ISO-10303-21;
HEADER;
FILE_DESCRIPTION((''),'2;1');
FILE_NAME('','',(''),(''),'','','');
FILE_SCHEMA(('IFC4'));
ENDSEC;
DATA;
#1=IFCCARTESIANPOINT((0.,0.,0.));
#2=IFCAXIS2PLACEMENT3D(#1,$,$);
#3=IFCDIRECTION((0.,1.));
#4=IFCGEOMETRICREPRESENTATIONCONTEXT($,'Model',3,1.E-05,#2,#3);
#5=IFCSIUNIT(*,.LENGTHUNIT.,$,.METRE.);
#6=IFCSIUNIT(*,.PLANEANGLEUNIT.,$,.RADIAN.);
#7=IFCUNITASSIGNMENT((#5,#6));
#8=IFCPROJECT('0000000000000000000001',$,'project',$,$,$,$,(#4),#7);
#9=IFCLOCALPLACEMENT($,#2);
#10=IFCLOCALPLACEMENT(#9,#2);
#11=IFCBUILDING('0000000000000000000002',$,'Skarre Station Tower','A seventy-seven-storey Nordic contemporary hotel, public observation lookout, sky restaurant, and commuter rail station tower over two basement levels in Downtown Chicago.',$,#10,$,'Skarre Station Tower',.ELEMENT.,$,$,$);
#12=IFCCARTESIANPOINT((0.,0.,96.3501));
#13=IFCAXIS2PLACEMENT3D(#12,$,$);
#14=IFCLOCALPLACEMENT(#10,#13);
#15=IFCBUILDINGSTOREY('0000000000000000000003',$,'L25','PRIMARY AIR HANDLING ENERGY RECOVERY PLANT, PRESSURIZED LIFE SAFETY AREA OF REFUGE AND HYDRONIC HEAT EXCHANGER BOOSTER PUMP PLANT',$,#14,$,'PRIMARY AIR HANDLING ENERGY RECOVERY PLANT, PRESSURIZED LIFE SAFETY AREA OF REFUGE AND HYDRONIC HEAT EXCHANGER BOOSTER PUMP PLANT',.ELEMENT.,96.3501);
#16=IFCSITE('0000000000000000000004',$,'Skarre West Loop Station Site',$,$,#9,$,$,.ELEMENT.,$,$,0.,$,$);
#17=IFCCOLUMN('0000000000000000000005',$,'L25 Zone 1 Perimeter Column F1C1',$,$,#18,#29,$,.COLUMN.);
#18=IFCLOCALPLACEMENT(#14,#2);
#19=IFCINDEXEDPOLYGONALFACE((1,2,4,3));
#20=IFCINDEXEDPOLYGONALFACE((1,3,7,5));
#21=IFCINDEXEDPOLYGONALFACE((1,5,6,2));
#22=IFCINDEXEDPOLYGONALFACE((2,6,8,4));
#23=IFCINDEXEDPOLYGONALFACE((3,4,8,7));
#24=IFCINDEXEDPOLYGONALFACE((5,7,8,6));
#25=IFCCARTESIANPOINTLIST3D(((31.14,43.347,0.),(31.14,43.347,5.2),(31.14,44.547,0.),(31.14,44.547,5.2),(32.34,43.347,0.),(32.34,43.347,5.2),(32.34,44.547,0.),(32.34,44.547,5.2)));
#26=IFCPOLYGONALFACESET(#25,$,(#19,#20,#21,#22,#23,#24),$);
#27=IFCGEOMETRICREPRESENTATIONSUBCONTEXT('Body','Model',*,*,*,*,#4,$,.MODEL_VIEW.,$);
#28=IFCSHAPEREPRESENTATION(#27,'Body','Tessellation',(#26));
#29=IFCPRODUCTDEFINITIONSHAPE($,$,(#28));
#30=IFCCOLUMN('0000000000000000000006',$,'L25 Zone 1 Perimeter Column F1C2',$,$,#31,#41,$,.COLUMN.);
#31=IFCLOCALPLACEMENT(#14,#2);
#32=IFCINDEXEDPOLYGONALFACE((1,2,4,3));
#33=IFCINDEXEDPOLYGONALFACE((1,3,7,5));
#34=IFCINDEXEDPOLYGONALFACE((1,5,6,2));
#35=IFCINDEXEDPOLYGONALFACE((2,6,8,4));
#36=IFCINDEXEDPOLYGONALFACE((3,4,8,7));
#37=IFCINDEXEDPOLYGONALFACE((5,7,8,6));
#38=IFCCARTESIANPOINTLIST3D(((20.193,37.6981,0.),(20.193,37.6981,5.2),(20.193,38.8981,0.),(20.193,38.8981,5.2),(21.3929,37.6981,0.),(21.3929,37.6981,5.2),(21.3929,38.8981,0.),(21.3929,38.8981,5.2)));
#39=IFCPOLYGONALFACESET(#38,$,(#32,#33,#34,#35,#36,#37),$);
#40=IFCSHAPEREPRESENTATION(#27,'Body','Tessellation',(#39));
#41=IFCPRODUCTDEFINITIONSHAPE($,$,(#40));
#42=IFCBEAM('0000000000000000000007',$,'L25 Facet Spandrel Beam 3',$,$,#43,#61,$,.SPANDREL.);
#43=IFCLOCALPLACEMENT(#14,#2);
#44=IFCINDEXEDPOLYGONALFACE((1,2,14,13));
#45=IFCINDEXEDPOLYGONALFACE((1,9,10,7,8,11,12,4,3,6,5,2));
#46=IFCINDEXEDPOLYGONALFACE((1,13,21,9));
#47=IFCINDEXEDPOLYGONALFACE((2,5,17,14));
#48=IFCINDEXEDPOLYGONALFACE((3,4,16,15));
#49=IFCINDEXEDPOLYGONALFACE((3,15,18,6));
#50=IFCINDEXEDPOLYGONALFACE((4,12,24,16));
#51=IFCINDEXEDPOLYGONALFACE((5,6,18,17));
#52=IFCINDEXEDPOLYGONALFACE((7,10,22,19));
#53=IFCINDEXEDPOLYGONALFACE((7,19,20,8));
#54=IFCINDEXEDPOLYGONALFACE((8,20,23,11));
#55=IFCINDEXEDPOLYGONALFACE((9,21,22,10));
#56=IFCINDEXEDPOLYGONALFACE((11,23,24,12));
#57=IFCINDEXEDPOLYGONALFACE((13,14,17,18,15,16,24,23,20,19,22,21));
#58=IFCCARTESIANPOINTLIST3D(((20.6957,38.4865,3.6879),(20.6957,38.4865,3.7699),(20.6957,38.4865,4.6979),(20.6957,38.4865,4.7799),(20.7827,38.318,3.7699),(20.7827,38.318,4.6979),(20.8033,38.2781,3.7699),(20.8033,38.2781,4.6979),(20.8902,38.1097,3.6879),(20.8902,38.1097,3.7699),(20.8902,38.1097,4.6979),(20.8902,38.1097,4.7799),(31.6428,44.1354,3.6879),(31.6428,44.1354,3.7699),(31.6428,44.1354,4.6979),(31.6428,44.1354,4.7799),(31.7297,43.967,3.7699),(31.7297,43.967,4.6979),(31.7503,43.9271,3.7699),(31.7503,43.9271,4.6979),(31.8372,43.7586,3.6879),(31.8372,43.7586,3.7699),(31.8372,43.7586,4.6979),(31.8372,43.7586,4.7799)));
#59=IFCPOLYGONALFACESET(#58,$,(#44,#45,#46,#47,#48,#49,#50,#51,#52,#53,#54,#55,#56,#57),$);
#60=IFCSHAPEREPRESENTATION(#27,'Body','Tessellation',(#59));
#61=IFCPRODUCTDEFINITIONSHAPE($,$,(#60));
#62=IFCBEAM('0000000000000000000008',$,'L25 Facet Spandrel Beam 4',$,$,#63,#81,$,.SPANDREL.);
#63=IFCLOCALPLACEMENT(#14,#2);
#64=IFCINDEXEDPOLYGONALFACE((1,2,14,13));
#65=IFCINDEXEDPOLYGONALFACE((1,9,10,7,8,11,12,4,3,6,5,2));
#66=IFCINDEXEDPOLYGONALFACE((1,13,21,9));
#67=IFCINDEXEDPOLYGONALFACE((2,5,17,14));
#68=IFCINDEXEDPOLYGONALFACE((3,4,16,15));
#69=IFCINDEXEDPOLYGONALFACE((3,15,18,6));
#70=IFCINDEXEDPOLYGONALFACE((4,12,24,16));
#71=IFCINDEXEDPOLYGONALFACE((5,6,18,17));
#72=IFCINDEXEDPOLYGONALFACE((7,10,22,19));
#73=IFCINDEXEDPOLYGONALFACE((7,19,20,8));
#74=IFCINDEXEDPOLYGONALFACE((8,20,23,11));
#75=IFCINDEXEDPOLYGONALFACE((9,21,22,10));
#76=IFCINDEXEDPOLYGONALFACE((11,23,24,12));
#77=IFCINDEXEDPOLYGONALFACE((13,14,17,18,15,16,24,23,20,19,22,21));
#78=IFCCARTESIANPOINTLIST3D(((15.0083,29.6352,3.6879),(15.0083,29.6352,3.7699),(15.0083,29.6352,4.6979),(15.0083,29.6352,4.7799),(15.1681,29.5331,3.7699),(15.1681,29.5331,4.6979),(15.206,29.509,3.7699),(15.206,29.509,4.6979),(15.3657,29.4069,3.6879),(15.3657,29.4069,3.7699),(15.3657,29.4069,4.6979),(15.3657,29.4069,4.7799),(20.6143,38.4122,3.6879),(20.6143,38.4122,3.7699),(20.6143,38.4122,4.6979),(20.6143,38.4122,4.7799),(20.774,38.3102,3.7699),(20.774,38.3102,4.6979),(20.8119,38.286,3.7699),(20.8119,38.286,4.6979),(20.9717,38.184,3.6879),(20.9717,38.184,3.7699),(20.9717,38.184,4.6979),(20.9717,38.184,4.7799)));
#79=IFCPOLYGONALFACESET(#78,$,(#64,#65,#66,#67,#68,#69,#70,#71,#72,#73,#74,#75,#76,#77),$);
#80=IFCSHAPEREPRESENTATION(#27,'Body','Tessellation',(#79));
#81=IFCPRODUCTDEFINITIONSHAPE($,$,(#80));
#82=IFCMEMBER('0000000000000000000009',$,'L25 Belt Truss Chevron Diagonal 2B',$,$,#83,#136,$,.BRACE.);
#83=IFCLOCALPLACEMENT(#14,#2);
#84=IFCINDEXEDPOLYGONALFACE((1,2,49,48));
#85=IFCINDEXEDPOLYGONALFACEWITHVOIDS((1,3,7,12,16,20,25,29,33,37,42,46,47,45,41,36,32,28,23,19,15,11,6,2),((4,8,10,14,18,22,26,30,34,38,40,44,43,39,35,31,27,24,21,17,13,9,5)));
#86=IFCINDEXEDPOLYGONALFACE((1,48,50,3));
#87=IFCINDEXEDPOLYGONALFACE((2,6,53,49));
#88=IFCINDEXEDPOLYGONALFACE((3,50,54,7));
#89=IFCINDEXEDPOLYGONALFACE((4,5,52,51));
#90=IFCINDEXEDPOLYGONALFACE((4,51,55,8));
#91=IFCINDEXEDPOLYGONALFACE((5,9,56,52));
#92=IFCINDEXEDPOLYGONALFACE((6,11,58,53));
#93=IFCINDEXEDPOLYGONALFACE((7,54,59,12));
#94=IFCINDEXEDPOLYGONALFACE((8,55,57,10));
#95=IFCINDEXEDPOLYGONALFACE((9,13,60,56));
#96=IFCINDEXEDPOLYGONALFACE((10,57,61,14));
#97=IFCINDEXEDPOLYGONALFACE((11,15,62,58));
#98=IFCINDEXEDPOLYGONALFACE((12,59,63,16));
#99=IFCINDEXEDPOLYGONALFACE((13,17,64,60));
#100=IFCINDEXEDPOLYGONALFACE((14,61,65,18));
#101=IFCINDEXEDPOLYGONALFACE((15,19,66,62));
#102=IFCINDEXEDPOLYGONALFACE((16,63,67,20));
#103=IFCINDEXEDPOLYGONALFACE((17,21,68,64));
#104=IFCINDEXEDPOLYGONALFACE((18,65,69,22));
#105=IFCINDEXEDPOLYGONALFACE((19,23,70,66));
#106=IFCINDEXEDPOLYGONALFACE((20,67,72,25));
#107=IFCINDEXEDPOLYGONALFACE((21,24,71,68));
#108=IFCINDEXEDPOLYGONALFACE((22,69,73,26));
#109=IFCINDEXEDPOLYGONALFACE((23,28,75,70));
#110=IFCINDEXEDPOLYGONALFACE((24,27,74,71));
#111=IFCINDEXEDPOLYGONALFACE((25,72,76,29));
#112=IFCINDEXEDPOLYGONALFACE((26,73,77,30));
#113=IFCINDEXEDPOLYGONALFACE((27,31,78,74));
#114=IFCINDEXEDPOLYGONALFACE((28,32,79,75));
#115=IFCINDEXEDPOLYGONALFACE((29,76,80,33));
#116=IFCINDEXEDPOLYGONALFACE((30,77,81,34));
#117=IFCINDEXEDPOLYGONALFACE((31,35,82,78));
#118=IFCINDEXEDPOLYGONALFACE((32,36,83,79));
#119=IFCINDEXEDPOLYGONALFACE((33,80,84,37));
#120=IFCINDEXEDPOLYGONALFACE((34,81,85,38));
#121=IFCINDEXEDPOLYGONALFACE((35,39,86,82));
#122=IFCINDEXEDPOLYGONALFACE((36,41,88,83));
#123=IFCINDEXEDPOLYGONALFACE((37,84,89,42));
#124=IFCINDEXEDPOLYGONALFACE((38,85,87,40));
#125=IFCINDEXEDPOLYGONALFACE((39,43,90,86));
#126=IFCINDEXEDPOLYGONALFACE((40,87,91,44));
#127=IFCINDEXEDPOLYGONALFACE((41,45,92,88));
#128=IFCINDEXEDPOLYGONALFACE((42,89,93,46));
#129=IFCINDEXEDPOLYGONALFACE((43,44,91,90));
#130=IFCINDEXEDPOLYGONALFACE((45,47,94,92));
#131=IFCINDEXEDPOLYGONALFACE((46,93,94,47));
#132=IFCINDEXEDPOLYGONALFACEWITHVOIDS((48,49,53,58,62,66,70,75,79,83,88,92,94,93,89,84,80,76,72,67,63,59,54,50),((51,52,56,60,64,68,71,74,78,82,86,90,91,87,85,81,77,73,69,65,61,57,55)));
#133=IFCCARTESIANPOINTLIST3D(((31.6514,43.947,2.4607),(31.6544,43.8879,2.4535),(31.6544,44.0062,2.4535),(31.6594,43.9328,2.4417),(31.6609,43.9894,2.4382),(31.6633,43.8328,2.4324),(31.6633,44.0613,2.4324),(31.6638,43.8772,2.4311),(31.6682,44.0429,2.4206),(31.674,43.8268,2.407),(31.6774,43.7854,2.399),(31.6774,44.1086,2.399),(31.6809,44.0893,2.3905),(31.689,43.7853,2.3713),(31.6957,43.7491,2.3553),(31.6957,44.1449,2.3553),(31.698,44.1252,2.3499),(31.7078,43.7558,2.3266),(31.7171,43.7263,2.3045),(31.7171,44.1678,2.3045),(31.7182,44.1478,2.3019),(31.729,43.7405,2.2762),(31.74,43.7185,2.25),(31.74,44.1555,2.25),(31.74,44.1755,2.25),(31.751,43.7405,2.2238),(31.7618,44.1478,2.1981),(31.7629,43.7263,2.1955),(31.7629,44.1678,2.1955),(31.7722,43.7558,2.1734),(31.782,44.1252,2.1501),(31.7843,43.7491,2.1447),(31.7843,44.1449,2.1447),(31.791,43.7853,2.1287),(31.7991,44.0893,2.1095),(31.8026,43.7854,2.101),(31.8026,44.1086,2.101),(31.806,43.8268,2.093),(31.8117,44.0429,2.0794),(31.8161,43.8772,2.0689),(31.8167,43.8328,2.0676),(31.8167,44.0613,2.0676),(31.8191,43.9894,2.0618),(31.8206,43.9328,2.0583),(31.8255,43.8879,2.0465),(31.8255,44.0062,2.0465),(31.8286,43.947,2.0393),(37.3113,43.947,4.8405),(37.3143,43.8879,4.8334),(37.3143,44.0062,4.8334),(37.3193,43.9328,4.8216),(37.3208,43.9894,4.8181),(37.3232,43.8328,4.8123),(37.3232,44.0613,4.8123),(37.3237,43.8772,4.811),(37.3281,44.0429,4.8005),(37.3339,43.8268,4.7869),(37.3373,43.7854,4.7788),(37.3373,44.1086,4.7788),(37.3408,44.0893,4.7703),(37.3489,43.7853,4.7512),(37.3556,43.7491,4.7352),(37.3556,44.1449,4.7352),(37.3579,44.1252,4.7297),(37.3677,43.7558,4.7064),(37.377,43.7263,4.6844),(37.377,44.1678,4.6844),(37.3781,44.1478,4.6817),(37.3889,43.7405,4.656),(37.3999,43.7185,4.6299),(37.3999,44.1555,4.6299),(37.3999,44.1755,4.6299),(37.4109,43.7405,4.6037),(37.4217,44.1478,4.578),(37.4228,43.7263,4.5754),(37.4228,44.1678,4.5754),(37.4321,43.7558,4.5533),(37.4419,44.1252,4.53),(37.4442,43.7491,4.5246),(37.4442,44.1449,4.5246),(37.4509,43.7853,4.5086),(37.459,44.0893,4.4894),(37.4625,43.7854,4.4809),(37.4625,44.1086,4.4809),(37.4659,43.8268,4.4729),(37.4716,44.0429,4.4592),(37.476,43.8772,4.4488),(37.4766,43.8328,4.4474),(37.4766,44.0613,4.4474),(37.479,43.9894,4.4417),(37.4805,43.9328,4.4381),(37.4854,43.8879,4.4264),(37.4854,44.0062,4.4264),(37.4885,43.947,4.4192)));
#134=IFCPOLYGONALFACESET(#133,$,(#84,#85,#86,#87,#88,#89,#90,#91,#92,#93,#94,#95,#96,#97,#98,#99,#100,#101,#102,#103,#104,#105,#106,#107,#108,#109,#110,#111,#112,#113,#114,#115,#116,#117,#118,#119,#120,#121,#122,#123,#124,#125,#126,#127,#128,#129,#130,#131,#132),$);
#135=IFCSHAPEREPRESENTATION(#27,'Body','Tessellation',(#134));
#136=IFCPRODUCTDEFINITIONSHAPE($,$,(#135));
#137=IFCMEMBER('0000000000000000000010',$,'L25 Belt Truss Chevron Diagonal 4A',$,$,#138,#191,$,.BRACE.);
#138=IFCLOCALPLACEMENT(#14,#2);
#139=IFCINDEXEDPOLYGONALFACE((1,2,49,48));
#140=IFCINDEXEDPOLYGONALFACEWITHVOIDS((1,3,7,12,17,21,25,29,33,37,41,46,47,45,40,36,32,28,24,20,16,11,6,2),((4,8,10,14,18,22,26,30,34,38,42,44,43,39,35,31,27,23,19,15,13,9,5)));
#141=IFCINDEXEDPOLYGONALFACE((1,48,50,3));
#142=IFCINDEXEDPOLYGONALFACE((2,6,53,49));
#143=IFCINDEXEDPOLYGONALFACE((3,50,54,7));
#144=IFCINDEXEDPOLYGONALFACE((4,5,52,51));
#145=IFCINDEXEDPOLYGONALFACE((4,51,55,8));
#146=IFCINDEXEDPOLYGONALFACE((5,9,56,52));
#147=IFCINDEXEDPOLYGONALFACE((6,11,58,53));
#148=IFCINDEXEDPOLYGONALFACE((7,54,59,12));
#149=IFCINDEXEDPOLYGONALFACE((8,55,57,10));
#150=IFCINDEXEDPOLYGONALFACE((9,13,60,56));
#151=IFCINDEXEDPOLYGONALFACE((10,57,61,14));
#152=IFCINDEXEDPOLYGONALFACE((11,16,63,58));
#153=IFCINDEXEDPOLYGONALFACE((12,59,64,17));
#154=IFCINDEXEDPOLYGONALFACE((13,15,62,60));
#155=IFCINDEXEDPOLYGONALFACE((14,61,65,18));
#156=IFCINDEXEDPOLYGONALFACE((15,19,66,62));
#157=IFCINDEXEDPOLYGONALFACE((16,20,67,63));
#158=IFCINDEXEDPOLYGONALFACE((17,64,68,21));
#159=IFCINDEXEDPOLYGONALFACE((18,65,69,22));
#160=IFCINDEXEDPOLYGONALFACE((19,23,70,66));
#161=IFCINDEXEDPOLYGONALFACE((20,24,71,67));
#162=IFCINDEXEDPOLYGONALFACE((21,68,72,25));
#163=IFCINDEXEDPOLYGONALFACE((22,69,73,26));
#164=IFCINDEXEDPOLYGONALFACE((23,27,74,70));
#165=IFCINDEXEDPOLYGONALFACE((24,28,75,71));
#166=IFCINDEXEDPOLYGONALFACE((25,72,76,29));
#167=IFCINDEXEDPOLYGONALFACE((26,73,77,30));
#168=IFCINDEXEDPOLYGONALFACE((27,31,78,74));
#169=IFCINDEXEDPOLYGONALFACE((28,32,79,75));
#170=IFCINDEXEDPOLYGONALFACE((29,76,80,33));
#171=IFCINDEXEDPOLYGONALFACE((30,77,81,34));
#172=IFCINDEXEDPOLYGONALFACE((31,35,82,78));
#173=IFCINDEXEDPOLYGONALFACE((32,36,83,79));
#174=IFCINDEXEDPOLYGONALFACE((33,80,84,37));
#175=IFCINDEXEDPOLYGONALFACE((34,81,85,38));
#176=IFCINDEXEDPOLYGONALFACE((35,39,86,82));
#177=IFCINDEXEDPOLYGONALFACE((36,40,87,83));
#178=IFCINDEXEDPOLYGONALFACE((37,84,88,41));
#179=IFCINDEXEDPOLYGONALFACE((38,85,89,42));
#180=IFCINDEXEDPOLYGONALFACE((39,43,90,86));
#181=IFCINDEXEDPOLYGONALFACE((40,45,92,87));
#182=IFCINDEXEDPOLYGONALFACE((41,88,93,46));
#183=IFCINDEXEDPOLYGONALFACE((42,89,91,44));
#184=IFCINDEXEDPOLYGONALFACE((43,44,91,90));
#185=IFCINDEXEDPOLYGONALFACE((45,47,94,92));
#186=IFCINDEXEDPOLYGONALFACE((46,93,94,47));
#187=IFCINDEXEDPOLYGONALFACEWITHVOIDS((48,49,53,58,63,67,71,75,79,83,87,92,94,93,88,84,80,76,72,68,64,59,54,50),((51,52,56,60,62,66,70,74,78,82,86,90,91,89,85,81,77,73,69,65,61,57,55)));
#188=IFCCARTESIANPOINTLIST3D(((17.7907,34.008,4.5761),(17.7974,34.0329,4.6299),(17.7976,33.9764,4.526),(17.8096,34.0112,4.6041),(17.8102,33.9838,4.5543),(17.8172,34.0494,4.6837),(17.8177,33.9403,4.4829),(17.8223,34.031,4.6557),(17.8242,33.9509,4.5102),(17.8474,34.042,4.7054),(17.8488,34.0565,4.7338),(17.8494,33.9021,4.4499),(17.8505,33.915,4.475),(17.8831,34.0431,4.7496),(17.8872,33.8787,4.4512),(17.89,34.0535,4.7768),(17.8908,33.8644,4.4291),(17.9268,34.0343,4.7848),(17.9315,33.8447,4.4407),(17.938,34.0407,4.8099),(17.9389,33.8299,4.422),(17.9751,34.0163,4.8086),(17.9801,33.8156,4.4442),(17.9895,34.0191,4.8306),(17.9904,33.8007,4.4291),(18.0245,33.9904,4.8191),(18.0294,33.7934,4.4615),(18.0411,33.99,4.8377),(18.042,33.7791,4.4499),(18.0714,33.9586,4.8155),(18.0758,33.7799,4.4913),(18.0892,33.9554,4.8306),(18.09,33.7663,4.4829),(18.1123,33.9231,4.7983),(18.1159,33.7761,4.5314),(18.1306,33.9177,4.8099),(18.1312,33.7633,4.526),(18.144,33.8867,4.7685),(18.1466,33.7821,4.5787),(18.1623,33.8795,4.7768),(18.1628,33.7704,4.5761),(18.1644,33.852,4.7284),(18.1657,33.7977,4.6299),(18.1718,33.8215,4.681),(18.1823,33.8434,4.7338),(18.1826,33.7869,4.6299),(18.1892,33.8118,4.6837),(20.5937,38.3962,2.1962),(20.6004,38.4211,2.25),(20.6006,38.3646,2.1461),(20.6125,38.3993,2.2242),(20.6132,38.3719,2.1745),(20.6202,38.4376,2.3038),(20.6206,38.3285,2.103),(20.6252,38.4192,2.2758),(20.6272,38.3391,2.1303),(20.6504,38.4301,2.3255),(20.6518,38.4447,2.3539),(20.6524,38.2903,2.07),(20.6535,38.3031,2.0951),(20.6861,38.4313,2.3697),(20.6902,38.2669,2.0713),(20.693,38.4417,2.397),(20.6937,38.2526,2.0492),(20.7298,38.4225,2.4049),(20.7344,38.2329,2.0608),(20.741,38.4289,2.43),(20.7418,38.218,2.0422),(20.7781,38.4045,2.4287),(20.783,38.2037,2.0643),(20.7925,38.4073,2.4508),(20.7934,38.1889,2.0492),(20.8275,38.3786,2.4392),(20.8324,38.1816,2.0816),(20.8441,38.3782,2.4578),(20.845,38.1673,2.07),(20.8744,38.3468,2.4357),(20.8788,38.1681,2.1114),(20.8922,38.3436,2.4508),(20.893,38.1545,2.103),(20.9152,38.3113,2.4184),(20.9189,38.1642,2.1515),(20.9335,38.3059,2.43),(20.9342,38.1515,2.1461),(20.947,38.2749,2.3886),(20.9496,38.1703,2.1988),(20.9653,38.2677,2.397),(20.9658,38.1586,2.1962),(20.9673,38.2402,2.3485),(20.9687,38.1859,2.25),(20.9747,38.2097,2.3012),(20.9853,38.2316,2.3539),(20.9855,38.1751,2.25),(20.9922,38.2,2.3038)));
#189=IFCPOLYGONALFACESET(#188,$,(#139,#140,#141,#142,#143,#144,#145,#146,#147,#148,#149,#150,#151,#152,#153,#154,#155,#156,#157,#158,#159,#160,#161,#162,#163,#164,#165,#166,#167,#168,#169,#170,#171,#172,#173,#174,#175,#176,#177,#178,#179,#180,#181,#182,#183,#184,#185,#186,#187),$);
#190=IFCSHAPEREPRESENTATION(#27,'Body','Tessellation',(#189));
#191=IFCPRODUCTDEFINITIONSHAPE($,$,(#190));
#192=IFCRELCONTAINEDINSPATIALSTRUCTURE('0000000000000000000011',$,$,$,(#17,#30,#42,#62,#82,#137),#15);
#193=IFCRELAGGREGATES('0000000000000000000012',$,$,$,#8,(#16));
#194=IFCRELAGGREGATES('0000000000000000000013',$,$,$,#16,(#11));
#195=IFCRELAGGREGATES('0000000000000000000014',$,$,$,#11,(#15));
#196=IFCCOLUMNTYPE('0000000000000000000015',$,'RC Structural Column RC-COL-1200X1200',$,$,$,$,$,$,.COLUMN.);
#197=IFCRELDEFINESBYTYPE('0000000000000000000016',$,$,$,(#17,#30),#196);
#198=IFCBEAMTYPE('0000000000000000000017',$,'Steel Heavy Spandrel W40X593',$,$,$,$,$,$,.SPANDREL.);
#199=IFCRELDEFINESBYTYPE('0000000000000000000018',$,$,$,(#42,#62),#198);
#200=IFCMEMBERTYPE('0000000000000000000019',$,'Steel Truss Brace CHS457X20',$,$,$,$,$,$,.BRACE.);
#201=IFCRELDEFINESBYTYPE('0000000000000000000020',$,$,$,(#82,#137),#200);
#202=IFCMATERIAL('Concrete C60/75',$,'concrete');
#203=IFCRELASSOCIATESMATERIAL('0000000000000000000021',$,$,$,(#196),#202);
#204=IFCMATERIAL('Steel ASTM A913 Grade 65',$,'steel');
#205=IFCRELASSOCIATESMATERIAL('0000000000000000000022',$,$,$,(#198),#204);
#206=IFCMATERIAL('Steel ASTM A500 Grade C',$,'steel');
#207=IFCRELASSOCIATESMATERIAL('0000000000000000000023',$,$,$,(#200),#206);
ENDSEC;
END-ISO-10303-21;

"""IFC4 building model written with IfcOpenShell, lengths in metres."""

from ifc_helpers import new_model, si_unit, direction, frame, origin, origin_2d, place, context, subcontext, project, spatial, rectangle, hollow_circle, i_section, extrude, material, material_profile, profile_set, type_object, element, save


model = new_model("IFC4")

# Units and contexts
model_context = context("Model", 3, precision=1e-05, world=origin(), true_north=direction((0.0, 1.0)))
body_context = subcontext(model_context, "Body", "Model", "MODEL_VIEW")
ifc_project = project(units=[si_unit("LENGTHUNIT", "METRE"), si_unit("PLANEANGLEUNIT", "RADIAN")], contexts=[model_context])

# Site, building, storey
site_placement = place(None, origin())
site = spatial("IfcSite", under=ifc_project, at=site_placement, Name="Skarre West Loop Station Site", CompositionType="ELEMENT", RefElevation=0.0)
building_placement = place(site_placement, origin())
building = spatial("IfcBuilding", under=site, at=building_placement, Name="Skarre Station Tower", Description="A seventy-seven-storey Nordic contemporary hotel, public observation lookout, sky restaurant, and commuter rail station tower over two basement levels in Downtown Chicago.", LongName="Skarre Station Tower", CompositionType="ELEMENT")
storey_placement = place(building_placement, frame((0.0, 0.0, 96.3501)))
storey = spatial("IfcBuildingStorey", under=building, at=storey_placement, Name="L25", Description="PRIMARY AIR HANDLING ENERGY RECOVERY PLANT, PRESSURIZED LIFE SAFETY AREA OF REFUGE AND HYDRONIC HEAT EXCHANGER BOOSTER PUMP PLANT", LongName="PRIMARY AIR HANDLING ENERGY RECOVERY PLANT, PRESSURIZED LIFE SAFETY AREA OF REFUGE AND HYDRONIC HEAT EXCHANGER BOOSTER PUMP PLANT", CompositionType="ELEMENT", Elevation=96.3501)

# Columns
ifc_material_1 = material(Name="Concrete C60/75", Category="concrete")
ifc_material_profile_1 = material_profile(ifc_material_1, rectangle(XDim=1.2, YDim=1.2, at=origin_2d()), Name="Concrete C60/75")
ifc_profile_set_1 = profile_set([ifc_material_profile_1], Name="Concrete C60/75")
column_type = type_object("IfcColumnType", Name="RC Structural Column RC-COL-1200X1200", PredefinedType="COLUMN", material=ifc_profile_set_1)
for number, where, z_axis, x_axis, name in (
    (1, (31.74, 43.947, 0.0), (0.0, 0.0, 1.0), (1.0, 0.0, 0.0), "L25 Zone 1 Perimeter Column F1C1"),
    (2, (20.793, 38.2981, 0.0), (0.0, 0.0, 1.0), (1.0, 0.0, 0.0), "L25 Zone 1 Perimeter Column F1C2"),
):
    element("IfcColumn", number, at=place(storey_placement, frame(where, z_axis=z_axis, x_axis=x_axis)), inside=storey, type_object=column_type, Name=name, PredefinedType="COLUMN", context=body_context, shape_type="SweptSolid", body=[
        extrude(rectangle(XDim=1.2, YDim=1.2, at=origin_2d()), origin(), (0.0, 0.0, 1.0), 5.2),
    ])

# Beams
ifc_material_2 = material(Name="Steel ASTM A913 Grade 65", Category="steel")
ifc_material_profile_2 = material_profile(ifc_material_2, i_section(OverallWidth=0.4241, OverallDepth=1.092, WebThickness=0.0449, FlangeThickness=0.082, at=origin_2d()), Name="Steel ASTM A913 Grade 65")
ifc_profile_set_2 = profile_set([ifc_material_profile_2], Name="Steel ASTM A913 Grade 65")
beam_type = type_object("IfcBeamType", Name="Steel Heavy Spandrel W40X593", PredefinedType="SPANDREL", material=ifc_profile_set_2)
beam_1_placement = place(storey_placement, frame((31.74, 43.947, 4.2339), z_axis=(-0.888659, -0.458569, 0.0), x_axis=(0.458569, -0.888659, 0.0)))
element("IfcBeam", 3, at=beam_1_placement, inside=storey, type_object=beam_type, Name="L25 Facet Spandrel Beam 3", PredefinedType="SPANDREL", context=body_context, shape_type="SweptSolid", body=[
    extrude(i_section(OverallWidth=0.4241, OverallDepth=1.092, WebThickness=0.0449, FlangeThickness=0.082, at=origin_2d()), origin(), (0.0, 0.0, 1.0), 12.3186),
])
beam_2_placement = place(storey_placement, frame((20.793, 38.2981, 4.2339), z_axis=(-0.538278, -0.842767, 0.0), x_axis=(0.842767, -0.538278, 0.0)))
element("IfcBeam", 4, at=beam_2_placement, inside=storey, type_object=beam_type, Name="L25 Facet Spandrel Beam 4", PredefinedType="SPANDREL", context=body_context, shape_type="SweptSolid", body=[
    extrude(i_section(OverallWidth=0.4241, OverallDepth=1.092, WebThickness=0.0449, FlangeThickness=0.082, at=origin_2d()), origin(), (0.0, 0.0, 1.0), 10.4146),
])

# Members
ifc_material_3 = material(Name="Steel ASTM A500 Grade C", Category="steel")
ifc_material_profile_3 = material_profile(ifc_material_3, hollow_circle(Radius=0.2285, WallThickness=0.02, at=origin_2d()), Name="Steel ASTM A500 Grade C")
ifc_profile_set_3 = profile_set([ifc_material_profile_3], Name="Steel ASTM A500 Grade C")
member_type_1 = type_object("IfcMemberType", Name="Steel Truss Brace CHS457X20", PredefinedType="BRACE", material=ifc_profile_set_3)
member_1_placement = place(storey_placement, frame((31.74, 43.947, 2.25), z_axis=(0.921824, 0.0, 0.387609), x_axis=(0.0, 1.0, 0.0)))
element("IfcMember", 5, at=member_1_placement, inside=storey, type_object=member_type_1, Name="L25 Belt Truss Chevron Diagonal 2B", PredefinedType="BRACE", context=body_context, shape_type="SweptSolid", body=[
    extrude(hollow_circle(Radius=0.2285, WallThickness=0.02, at=origin_2d()), origin(), (0.0, 0.0, 1.0), 6.1399),
])
member_2_placement = place(storey_placement, frame((20.793, 38.2981, 2.25), z_axis=(-0.489595, -0.766483, 0.415693), x_axis=(0.842747, -0.53831, 0.0)))
element("IfcMember", 6, at=member_2_placement, inside=storey, type_object=member_type_1, Name="L25 Belt Truss Chevron Diagonal 4A", PredefinedType="BRACE", context=body_context, shape_type="SweptSolid", body=[
    extrude(hollow_circle(Radius=0.2285, WallThickness=0.02, at=origin_2d()), origin(), (0.0, 0.0, 1.0), 5.7251),
])

save(model, "model.ifc")
